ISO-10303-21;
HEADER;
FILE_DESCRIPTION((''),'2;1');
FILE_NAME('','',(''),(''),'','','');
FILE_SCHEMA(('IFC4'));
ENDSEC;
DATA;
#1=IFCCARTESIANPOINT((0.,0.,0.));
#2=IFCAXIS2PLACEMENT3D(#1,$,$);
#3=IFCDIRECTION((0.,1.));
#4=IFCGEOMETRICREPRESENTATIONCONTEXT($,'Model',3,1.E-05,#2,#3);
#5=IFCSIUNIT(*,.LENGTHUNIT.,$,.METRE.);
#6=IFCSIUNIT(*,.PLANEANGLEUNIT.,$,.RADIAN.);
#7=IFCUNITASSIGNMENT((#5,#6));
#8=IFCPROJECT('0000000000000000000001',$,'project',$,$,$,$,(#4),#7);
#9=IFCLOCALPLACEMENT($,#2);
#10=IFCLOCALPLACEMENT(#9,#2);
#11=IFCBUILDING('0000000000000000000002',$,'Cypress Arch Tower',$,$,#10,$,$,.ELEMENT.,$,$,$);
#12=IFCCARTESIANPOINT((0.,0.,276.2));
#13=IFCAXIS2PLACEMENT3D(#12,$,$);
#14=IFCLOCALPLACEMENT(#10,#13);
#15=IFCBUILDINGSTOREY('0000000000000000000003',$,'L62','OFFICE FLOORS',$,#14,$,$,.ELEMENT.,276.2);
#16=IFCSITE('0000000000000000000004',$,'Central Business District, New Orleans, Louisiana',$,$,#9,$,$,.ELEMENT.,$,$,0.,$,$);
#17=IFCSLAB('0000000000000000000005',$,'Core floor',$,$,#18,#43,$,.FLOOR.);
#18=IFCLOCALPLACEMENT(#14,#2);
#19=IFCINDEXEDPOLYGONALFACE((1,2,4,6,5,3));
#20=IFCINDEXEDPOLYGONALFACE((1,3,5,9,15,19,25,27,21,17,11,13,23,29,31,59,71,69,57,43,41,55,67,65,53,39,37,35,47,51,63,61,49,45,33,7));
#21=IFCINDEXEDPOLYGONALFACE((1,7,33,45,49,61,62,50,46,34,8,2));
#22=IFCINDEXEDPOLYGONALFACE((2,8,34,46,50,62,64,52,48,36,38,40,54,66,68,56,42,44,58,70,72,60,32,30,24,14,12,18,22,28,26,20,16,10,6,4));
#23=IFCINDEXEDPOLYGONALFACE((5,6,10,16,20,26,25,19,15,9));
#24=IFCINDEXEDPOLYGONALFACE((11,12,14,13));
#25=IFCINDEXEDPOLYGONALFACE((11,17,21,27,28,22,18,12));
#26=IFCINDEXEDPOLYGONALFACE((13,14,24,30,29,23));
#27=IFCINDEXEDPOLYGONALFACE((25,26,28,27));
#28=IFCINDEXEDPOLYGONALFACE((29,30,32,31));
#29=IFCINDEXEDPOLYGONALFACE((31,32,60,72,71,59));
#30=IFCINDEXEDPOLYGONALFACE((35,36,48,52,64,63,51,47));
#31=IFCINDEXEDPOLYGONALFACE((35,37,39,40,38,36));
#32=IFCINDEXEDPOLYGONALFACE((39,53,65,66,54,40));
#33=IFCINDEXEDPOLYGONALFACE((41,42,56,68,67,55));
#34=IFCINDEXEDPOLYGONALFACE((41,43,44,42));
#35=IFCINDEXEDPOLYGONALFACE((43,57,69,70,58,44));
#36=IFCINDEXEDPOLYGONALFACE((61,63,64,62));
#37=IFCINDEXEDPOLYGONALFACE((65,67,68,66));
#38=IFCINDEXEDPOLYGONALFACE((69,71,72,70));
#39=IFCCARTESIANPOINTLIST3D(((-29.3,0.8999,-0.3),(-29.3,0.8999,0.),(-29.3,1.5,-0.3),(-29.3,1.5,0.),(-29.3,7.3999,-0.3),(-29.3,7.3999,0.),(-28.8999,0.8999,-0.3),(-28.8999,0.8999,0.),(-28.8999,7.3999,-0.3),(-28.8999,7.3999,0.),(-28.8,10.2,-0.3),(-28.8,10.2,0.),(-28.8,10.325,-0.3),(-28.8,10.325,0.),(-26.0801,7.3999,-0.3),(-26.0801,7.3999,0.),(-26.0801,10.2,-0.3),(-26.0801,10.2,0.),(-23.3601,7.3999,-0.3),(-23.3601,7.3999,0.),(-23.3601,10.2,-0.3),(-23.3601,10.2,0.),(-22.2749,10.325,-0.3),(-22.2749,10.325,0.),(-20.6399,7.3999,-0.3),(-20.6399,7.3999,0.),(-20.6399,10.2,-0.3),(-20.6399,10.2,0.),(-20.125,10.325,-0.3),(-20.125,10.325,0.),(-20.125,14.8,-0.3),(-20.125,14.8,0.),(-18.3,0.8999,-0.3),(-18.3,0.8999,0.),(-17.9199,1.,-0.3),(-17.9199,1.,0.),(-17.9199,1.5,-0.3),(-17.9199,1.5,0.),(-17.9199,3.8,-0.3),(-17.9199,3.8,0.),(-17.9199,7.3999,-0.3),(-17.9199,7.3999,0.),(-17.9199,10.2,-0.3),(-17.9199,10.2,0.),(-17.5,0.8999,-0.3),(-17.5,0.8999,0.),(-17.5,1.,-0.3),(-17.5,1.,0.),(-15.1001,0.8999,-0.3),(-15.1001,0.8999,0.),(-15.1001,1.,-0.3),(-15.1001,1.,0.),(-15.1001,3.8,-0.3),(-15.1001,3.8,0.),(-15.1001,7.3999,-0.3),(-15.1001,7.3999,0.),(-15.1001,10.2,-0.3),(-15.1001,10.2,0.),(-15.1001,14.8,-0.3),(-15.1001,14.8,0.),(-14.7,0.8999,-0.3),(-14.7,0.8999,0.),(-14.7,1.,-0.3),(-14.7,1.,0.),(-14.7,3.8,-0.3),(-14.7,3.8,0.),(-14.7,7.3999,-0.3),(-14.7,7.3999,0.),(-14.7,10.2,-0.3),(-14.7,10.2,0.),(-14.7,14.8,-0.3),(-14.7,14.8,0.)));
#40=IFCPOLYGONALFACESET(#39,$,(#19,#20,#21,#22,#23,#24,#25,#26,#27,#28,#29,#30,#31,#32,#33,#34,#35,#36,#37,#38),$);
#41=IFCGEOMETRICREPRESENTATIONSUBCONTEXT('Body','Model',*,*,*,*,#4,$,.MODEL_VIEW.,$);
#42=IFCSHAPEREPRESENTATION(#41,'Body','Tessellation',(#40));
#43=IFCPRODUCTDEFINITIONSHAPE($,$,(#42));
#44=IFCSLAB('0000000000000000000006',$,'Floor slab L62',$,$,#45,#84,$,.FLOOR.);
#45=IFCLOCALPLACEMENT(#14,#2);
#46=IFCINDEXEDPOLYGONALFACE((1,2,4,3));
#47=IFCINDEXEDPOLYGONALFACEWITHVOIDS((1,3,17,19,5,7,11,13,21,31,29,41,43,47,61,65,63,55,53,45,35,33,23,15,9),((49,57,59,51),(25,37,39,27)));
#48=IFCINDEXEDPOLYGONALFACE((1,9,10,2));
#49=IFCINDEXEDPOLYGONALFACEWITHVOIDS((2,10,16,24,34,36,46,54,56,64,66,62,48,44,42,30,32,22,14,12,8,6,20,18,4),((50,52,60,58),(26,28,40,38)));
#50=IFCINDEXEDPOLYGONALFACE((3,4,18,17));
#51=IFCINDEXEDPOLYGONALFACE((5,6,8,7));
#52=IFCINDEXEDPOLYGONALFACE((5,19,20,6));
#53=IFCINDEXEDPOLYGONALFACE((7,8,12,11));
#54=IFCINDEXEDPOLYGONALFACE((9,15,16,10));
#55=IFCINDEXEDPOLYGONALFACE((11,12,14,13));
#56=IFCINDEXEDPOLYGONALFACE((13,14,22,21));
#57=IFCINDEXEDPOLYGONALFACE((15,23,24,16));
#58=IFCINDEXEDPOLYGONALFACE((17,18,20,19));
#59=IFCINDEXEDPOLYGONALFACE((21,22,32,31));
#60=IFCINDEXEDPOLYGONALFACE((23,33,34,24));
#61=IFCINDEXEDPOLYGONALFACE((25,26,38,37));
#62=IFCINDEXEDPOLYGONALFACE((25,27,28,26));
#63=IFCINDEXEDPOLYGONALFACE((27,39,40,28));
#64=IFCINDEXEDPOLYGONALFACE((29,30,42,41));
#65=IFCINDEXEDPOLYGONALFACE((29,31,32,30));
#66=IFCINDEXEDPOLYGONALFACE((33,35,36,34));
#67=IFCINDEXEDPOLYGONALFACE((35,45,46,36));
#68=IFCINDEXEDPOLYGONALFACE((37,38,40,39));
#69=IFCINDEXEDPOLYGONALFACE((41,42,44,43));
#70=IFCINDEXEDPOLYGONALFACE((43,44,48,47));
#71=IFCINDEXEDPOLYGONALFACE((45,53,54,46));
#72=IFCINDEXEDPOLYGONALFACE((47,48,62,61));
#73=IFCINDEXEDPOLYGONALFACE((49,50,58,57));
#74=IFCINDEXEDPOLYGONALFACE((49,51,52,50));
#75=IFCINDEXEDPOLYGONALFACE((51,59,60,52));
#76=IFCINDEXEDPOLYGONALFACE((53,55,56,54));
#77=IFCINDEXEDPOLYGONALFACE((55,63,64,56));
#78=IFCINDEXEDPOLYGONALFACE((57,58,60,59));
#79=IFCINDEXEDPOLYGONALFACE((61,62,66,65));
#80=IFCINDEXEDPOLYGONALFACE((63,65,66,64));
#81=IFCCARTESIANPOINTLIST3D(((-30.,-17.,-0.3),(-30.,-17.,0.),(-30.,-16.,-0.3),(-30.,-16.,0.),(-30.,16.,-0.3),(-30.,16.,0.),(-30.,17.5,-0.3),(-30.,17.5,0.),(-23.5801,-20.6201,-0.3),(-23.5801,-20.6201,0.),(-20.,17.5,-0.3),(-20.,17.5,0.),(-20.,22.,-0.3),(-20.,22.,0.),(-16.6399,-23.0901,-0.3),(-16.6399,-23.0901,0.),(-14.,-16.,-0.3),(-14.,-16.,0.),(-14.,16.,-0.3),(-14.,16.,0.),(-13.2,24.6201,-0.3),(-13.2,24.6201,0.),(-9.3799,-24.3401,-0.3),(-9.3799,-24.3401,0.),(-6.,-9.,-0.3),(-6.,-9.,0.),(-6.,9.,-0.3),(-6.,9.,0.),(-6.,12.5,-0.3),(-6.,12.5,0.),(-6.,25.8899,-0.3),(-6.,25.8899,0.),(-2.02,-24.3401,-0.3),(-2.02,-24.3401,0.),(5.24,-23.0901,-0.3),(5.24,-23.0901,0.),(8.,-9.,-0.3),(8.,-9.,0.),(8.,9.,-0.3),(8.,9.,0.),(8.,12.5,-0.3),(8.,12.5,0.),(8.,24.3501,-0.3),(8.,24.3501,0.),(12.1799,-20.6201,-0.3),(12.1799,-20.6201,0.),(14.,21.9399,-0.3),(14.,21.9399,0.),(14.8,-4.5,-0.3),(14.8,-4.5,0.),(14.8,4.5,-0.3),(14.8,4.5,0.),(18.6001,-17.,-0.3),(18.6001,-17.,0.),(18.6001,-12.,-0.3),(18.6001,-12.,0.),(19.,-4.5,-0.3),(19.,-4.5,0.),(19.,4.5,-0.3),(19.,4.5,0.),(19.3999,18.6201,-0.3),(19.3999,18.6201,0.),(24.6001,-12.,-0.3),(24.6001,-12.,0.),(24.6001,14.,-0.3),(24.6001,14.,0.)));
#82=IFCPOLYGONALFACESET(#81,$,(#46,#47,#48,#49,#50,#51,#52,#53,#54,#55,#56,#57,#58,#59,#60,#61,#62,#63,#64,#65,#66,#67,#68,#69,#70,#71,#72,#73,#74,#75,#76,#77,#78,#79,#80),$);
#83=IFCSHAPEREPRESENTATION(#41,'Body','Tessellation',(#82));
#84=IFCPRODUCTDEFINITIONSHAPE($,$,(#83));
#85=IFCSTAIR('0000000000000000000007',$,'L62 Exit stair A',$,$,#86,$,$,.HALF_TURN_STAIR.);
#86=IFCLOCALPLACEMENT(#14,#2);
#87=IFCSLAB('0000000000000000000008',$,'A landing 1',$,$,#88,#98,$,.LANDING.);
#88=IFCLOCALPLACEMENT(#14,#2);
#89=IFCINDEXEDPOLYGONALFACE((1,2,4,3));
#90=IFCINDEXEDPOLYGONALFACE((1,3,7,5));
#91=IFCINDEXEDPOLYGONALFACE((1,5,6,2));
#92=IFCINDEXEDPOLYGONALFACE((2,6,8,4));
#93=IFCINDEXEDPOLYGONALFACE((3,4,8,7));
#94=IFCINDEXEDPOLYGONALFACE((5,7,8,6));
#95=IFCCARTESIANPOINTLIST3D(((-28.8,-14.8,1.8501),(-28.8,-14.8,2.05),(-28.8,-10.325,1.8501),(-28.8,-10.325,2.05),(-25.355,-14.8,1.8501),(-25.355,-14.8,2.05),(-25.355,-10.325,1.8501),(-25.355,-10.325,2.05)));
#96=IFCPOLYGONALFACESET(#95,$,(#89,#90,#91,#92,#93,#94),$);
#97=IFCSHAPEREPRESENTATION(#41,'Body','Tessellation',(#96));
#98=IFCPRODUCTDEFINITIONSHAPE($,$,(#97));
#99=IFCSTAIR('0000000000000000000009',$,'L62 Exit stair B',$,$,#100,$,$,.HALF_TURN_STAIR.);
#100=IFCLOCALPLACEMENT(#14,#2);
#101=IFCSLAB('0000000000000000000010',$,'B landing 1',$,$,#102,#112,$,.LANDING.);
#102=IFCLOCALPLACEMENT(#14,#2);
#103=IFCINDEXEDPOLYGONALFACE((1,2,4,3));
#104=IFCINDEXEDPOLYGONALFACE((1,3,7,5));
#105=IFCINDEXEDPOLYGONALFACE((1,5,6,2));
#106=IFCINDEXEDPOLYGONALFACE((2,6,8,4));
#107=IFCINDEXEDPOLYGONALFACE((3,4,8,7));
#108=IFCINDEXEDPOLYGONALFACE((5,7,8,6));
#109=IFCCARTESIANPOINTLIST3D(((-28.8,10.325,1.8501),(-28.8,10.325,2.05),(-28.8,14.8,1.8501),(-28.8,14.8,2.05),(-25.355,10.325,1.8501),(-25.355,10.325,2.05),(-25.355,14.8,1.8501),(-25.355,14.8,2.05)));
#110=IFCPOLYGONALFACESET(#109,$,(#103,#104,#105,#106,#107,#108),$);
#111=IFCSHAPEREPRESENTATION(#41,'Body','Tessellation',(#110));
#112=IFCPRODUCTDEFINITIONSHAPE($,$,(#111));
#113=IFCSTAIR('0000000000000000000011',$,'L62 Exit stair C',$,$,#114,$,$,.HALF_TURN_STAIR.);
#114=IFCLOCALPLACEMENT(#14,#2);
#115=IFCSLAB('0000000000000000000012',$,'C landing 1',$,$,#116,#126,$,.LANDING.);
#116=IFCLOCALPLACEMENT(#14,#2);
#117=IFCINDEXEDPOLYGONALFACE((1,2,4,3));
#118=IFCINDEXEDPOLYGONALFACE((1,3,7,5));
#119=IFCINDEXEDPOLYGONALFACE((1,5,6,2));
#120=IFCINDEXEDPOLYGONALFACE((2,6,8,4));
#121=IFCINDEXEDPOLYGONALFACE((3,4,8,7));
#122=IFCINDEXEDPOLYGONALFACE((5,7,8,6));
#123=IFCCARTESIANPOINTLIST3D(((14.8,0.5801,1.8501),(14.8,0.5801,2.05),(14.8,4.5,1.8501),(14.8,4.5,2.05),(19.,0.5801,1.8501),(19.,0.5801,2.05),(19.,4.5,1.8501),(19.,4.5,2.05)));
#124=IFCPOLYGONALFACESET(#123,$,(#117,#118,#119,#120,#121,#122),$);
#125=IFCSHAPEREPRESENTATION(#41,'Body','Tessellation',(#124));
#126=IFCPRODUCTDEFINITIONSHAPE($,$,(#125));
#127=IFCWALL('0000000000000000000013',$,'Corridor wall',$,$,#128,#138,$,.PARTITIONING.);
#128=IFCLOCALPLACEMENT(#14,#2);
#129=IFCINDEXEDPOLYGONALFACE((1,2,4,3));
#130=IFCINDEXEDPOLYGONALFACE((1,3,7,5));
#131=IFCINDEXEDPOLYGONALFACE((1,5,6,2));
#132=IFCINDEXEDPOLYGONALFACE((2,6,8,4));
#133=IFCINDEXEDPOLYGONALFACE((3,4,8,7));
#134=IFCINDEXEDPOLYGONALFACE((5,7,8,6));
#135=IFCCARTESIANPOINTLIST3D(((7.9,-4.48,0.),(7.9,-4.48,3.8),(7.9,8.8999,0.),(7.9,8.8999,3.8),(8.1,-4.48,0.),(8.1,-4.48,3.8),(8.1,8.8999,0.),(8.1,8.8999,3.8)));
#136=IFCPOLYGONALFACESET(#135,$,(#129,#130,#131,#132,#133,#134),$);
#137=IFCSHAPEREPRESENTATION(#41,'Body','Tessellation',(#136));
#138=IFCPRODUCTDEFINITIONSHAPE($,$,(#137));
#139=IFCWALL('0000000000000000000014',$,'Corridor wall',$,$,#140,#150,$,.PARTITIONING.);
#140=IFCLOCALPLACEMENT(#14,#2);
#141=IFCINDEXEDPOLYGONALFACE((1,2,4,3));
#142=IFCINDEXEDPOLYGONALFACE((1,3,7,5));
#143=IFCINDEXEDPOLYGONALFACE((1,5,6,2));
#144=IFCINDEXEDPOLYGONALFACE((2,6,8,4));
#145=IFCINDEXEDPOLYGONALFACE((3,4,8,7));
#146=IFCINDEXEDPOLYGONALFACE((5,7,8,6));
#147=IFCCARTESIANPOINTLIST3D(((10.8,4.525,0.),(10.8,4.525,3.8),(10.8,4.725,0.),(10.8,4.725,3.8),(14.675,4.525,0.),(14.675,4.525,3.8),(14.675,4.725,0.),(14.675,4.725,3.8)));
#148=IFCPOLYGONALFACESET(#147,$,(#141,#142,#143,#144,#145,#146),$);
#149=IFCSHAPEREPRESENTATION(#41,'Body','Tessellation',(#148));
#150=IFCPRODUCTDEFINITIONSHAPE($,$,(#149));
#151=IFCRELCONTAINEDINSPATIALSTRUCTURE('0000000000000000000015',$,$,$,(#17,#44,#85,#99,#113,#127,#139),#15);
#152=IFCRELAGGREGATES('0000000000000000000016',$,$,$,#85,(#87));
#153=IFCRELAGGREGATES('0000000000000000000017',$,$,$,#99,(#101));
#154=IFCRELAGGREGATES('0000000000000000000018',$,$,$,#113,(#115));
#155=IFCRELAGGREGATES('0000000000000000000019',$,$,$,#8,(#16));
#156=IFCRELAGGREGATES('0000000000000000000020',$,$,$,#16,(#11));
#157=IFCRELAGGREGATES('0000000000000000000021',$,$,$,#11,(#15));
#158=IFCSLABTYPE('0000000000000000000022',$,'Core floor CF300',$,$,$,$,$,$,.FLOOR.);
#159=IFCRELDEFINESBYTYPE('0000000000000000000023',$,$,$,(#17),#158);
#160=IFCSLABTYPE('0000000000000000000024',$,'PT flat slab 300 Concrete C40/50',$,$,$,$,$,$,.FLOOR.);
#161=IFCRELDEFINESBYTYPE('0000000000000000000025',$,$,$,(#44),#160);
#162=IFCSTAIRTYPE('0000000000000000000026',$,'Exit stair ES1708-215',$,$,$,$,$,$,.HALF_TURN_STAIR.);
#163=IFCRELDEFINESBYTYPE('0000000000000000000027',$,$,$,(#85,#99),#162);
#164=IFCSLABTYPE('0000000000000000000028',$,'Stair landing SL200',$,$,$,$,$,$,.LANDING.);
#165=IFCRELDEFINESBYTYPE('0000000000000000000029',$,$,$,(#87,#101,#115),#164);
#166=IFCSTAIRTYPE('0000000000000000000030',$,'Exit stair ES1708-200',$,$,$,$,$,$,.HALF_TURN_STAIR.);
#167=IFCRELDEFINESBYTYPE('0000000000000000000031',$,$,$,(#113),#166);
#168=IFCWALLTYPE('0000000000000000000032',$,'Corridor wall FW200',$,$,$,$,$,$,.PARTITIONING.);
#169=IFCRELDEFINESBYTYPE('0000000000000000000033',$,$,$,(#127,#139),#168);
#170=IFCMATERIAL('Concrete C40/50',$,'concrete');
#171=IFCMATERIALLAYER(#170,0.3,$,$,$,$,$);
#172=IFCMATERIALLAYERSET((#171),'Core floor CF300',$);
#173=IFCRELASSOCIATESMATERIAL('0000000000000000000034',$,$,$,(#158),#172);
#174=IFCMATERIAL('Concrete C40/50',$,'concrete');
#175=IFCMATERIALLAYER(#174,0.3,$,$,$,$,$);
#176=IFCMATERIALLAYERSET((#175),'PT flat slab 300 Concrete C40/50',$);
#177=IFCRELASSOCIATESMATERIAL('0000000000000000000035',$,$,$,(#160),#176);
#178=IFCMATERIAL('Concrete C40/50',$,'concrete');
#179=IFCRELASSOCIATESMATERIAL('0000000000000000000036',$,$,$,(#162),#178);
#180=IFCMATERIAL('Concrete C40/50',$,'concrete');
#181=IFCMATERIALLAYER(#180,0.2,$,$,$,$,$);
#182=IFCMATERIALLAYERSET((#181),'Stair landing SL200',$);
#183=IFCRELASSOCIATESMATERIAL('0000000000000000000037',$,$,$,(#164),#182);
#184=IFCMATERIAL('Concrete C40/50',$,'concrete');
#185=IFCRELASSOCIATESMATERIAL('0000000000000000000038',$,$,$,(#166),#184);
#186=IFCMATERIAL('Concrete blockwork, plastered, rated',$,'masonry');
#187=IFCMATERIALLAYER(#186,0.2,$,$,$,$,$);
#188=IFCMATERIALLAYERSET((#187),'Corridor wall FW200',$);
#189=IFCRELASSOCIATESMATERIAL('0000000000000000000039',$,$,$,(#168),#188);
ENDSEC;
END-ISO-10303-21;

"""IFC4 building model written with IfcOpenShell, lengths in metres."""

from ifc_helpers import new_model, si_unit, direction, frame, frame_2d, origin, place, context, subcontext, project, spatial, polyline, rectangle, outline, extrude, material, layer, layer_set, type_object, element, aggregate, save


model = new_model("IFC4")

# Units and contexts
model_context = context("Model", 3, precision=1e-05, world=origin(), true_north=direction((0.0, 1.0)))
body_context = subcontext(model_context, "Body", "Model", "MODEL_VIEW")
ifc_project = project(units=[si_unit("LENGTHUNIT", "METRE"), si_unit("PLANEANGLEUNIT", "RADIAN")], contexts=[model_context])

# Site, building, storey
site_placement = place(None, origin())
site = spatial("IfcSite", under=ifc_project, at=site_placement, Name="Central Business District, New Orleans, Louisiana", CompositionType="ELEMENT", RefElevation=0.0)
building_placement = place(site_placement, origin())
building = spatial("IfcBuilding", under=site, at=building_placement, Name="Cypress Arch Tower", CompositionType="ELEMENT")
storey_placement = place(building_placement, frame((0.0, 0.0, 276.2)))
storey = spatial("IfcBuildingStorey", under=building, at=storey_placement, Name="L62", Description="OFFICE FLOORS", CompositionType="ELEMENT", Elevation=276.2)

# Slabs
ifc_material_1 = material(Name="Concrete C40/50", Category="concrete")
ifc_layer_1 = layer(ifc_material_1, 0.3)
ifc_layer_set_1 = layer_set([ifc_layer_1], Name="Core floor CF300")
slab_type_1 = type_object("IfcSlabType", Name="Core floor CF300", PredefinedType="FLOOR", material=ifc_layer_set_1)
slab_1_placement = place(storey_placement, frame((0.0, 0.0, -0.3)))
element("IfcSlab", 1, at=slab_1_placement, inside=storey, type_object=slab_type_1, Name="Core floor", PredefinedType="FLOOR", context=body_context, shape_type="SweptSolid", body=[
    extrude(outline(polyline([(-20.6399, 10.2), (-23.3601, 10.2), (-26.0801, 10.2), (-28.8, 10.2), (-28.8, 10.325), (-22.2749, 10.325), (-20.125, 10.325), (-20.125, 14.8), (-15.1001, 14.8), (-14.7, 14.8), (-14.7, 10.2), (-15.1001, 10.2), (-17.9199, 10.2), (-17.9199, 7.3999), (-15.1001, 7.3999), (-14.7, 7.3999), (-14.7, 3.8), (-15.1001, 3.8), (-17.9199, 3.8), (-17.9199, 1.5), (-17.9199, 1.0), (-17.5, 1.0), (-15.1001, 1.0), (-14.7, 1.0), (-14.7, 0.8999), (-15.1001, 0.8999), (-17.5, 0.8999), (-18.3, 0.8999), (-28.8999, 0.8999), (-29.3, 0.8999), (-29.3, 1.5), (-29.3, 7.3999), (-28.8999, 7.3999), (-26.0801, 7.3999), (-23.3601, 7.3999), (-20.6399, 7.3999), (-20.6399, 10.2)])), origin(), (0.0, 0.0, 1.0), 0.3),
])
ifc_material_2 = material(Name="Concrete C40/50", Category="concrete")
ifc_layer_2 = layer(ifc_material_2, 0.3)
ifc_layer_set_2 = layer_set([ifc_layer_2], Name="PT flat slab 300 Concrete C40/50")
slab_type_2 = type_object("IfcSlabType", Name="PT flat slab 300 Concrete C40/50", PredefinedType="FLOOR", material=ifc_layer_set_2)
slab_2_placement = place(storey_placement, frame((0.0, 0.0, -0.3)))
element("IfcSlab", 2, at=slab_2_placement, inside=storey, type_object=slab_type_2, Name="Floor slab L62", PredefinedType="FLOOR", context=body_context, shape_type="SweptSolid", body=[
    extrude(outline(polyline([(-30.0, 17.5), (-20.0, 17.5), (-20.0, 22.0), (-13.2, 24.6201), (-6.0, 25.8899), (-6.0, 12.5), (8.0, 12.5), (8.0, 24.3501), (14.0, 21.9399), (19.3999, 18.6201), (24.6001, 14.0), (24.6001, -12.0), (18.6001, -12.0), (18.6001, -17.0), (12.1799, -20.6201), (5.24, -23.0901), (-2.02, -24.3401), (-9.3799, -24.3401), (-16.6399, -23.0901), (-23.5801, -20.6201), (-30.0, -17.0), (-30.0, -16.0), (-14.0, -16.0), (-14.0, 16.0), (-30.0, 16.0), (-30.0, 17.5)]), holes=[polyline([(-6.0, -9.0), (8.0, -9.0), (8.0, 9.0), (-6.0, 9.0), (-6.0, -9.0)]), polyline([(14.8, -4.5), (19.0, -4.5), (19.0, 4.5), (14.8, 4.5), (14.8, -4.5)])]), origin(), (0.0, 0.0, 1.0), 0.3),
])

# Stairs, slabs
ifc_material_3 = material(Name="Concrete C40/50", Category="concrete")
stair_type_1 = type_object("IfcStairType", Name="Exit stair ES1708-215", PredefinedType="HALF_TURN_STAIR", material=ifc_material_3)
stair_1_placement = place(storey_placement, origin())
stair_1 = element("IfcStair", 3, at=stair_1_placement, inside=storey, type_object=stair_type_1, Name="L62 Exit stair A", PredefinedType="HALF_TURN_STAIR")
ifc_material_4 = material(Name="Concrete C40/50", Category="concrete")
ifc_layer_3 = layer(ifc_material_4, 0.2)
ifc_layer_set_3 = layer_set([ifc_layer_3], Name="Stair landing SL200")
slab_type_3 = type_object("IfcSlabType", Name="Stair landing SL200", PredefinedType="LANDING", material=ifc_layer_set_3)
slab_3_placement = place(storey_placement, frame((0.0, 0.0, 1.8501)))
slab_3 = element("IfcSlab", 4, at=slab_3_placement, type_object=slab_type_3, Name="A landing 1", PredefinedType="LANDING", context=body_context, shape_type="SweptSolid", body=[
    extrude(outline(polyline([(-25.355, -10.325), (-28.8, -10.325), (-28.8, -14.8), (-25.355, -14.8), (-25.355, -10.325)])), origin(), (0.0, 0.0, 1.0), 0.2),
])
aggregate(stair_1, [slab_3])
stair_2_placement = place(storey_placement, origin())
stair_2 = element("IfcStair", 5, at=stair_2_placement, inside=storey, type_object=stair_type_1, Name="L62 Exit stair B", PredefinedType="HALF_TURN_STAIR")
slab_4_placement = place(storey_placement, frame((0.0, 0.0, 1.8501)))
slab_4 = element("IfcSlab", 6, at=slab_4_placement, type_object=slab_type_3, Name="B landing 1", PredefinedType="LANDING", context=body_context, shape_type="SweptSolid", body=[
    extrude(outline(polyline([(-25.355, 14.8), (-28.8, 14.8), (-28.8, 10.325), (-25.355, 10.325), (-25.355, 14.8)])), origin(), (0.0, 0.0, 1.0), 0.2),
])
aggregate(stair_2, [slab_4])
ifc_material_5 = material(Name="Concrete C40/50", Category="concrete")
stair_type_2 = type_object("IfcStairType", Name="Exit stair ES1708-200", PredefinedType="HALF_TURN_STAIR", material=ifc_material_5)
stair_3_placement = place(storey_placement, origin())
stair_3 = element("IfcStair", 7, at=stair_3_placement, inside=storey, type_object=stair_type_2, Name="L62 Exit stair C", PredefinedType="HALF_TURN_STAIR")
slab_5_placement = place(storey_placement, frame((0.0, 0.0, 1.8501)))
slab_5 = element("IfcSlab", 8, at=slab_5_placement, type_object=slab_type_3, Name="C landing 1", PredefinedType="LANDING", context=body_context, shape_type="SweptSolid", body=[
    extrude(outline(polyline([(19.0, 0.5801), (19.0, 4.5), (14.8, 4.5), (14.8, 0.5801), (19.0, 0.5801)])), origin(), (0.0, 0.0, 1.0), 0.2),
])
aggregate(stair_3, [slab_5])

# Walls
ifc_material_6 = material(Name="Concrete blockwork, plastered, rated", Category="masonry")
ifc_layer_4 = layer(ifc_material_6, 0.2)
ifc_layer_set_4 = layer_set([ifc_layer_4], Name="Corridor wall FW200")
wall_type_1 = type_object("IfcWallType", Name="Corridor wall FW200", PredefinedType="PARTITIONING", material=ifc_layer_set_4)
wall_1_placement = place(storey_placement, frame((8.0, -4.48, 0.0), z_axis=(0.0, 0.0, 1.0), x_axis=(0.0, 1.0, 0.0)))
element("IfcWall", 9, at=wall_1_placement, inside=storey, type_object=wall_type_1, Name="Corridor wall", PredefinedType="PARTITIONING", context=body_context, shape_type="SweptSolid", body=[
    extrude(rectangle(XDim=13.3799, YDim=0.2, at=frame_2d((6.6899, 0.0))), origin(), (0.0, 0.0, 1.0), 3.8),
])
wall_2_placement = place(storey_placement, frame((10.8, 4.625, 0.0), z_axis=(0.0, 0.0, 1.0), x_axis=(1.0, 0.0, 0.0)))
element("IfcWall", 10, at=wall_2_placement, inside=storey, type_object=wall_type_1, Name="Corridor wall", PredefinedType="PARTITIONING", context=body_context, shape_type="SweptSolid", body=[
    extrude(rectangle(XDim=3.875, YDim=0.2, at=frame_2d((1.9375, 0.0))), origin(), (0.0, 0.0, 1.0), 3.8),
])

save(model, "model.ifc")
